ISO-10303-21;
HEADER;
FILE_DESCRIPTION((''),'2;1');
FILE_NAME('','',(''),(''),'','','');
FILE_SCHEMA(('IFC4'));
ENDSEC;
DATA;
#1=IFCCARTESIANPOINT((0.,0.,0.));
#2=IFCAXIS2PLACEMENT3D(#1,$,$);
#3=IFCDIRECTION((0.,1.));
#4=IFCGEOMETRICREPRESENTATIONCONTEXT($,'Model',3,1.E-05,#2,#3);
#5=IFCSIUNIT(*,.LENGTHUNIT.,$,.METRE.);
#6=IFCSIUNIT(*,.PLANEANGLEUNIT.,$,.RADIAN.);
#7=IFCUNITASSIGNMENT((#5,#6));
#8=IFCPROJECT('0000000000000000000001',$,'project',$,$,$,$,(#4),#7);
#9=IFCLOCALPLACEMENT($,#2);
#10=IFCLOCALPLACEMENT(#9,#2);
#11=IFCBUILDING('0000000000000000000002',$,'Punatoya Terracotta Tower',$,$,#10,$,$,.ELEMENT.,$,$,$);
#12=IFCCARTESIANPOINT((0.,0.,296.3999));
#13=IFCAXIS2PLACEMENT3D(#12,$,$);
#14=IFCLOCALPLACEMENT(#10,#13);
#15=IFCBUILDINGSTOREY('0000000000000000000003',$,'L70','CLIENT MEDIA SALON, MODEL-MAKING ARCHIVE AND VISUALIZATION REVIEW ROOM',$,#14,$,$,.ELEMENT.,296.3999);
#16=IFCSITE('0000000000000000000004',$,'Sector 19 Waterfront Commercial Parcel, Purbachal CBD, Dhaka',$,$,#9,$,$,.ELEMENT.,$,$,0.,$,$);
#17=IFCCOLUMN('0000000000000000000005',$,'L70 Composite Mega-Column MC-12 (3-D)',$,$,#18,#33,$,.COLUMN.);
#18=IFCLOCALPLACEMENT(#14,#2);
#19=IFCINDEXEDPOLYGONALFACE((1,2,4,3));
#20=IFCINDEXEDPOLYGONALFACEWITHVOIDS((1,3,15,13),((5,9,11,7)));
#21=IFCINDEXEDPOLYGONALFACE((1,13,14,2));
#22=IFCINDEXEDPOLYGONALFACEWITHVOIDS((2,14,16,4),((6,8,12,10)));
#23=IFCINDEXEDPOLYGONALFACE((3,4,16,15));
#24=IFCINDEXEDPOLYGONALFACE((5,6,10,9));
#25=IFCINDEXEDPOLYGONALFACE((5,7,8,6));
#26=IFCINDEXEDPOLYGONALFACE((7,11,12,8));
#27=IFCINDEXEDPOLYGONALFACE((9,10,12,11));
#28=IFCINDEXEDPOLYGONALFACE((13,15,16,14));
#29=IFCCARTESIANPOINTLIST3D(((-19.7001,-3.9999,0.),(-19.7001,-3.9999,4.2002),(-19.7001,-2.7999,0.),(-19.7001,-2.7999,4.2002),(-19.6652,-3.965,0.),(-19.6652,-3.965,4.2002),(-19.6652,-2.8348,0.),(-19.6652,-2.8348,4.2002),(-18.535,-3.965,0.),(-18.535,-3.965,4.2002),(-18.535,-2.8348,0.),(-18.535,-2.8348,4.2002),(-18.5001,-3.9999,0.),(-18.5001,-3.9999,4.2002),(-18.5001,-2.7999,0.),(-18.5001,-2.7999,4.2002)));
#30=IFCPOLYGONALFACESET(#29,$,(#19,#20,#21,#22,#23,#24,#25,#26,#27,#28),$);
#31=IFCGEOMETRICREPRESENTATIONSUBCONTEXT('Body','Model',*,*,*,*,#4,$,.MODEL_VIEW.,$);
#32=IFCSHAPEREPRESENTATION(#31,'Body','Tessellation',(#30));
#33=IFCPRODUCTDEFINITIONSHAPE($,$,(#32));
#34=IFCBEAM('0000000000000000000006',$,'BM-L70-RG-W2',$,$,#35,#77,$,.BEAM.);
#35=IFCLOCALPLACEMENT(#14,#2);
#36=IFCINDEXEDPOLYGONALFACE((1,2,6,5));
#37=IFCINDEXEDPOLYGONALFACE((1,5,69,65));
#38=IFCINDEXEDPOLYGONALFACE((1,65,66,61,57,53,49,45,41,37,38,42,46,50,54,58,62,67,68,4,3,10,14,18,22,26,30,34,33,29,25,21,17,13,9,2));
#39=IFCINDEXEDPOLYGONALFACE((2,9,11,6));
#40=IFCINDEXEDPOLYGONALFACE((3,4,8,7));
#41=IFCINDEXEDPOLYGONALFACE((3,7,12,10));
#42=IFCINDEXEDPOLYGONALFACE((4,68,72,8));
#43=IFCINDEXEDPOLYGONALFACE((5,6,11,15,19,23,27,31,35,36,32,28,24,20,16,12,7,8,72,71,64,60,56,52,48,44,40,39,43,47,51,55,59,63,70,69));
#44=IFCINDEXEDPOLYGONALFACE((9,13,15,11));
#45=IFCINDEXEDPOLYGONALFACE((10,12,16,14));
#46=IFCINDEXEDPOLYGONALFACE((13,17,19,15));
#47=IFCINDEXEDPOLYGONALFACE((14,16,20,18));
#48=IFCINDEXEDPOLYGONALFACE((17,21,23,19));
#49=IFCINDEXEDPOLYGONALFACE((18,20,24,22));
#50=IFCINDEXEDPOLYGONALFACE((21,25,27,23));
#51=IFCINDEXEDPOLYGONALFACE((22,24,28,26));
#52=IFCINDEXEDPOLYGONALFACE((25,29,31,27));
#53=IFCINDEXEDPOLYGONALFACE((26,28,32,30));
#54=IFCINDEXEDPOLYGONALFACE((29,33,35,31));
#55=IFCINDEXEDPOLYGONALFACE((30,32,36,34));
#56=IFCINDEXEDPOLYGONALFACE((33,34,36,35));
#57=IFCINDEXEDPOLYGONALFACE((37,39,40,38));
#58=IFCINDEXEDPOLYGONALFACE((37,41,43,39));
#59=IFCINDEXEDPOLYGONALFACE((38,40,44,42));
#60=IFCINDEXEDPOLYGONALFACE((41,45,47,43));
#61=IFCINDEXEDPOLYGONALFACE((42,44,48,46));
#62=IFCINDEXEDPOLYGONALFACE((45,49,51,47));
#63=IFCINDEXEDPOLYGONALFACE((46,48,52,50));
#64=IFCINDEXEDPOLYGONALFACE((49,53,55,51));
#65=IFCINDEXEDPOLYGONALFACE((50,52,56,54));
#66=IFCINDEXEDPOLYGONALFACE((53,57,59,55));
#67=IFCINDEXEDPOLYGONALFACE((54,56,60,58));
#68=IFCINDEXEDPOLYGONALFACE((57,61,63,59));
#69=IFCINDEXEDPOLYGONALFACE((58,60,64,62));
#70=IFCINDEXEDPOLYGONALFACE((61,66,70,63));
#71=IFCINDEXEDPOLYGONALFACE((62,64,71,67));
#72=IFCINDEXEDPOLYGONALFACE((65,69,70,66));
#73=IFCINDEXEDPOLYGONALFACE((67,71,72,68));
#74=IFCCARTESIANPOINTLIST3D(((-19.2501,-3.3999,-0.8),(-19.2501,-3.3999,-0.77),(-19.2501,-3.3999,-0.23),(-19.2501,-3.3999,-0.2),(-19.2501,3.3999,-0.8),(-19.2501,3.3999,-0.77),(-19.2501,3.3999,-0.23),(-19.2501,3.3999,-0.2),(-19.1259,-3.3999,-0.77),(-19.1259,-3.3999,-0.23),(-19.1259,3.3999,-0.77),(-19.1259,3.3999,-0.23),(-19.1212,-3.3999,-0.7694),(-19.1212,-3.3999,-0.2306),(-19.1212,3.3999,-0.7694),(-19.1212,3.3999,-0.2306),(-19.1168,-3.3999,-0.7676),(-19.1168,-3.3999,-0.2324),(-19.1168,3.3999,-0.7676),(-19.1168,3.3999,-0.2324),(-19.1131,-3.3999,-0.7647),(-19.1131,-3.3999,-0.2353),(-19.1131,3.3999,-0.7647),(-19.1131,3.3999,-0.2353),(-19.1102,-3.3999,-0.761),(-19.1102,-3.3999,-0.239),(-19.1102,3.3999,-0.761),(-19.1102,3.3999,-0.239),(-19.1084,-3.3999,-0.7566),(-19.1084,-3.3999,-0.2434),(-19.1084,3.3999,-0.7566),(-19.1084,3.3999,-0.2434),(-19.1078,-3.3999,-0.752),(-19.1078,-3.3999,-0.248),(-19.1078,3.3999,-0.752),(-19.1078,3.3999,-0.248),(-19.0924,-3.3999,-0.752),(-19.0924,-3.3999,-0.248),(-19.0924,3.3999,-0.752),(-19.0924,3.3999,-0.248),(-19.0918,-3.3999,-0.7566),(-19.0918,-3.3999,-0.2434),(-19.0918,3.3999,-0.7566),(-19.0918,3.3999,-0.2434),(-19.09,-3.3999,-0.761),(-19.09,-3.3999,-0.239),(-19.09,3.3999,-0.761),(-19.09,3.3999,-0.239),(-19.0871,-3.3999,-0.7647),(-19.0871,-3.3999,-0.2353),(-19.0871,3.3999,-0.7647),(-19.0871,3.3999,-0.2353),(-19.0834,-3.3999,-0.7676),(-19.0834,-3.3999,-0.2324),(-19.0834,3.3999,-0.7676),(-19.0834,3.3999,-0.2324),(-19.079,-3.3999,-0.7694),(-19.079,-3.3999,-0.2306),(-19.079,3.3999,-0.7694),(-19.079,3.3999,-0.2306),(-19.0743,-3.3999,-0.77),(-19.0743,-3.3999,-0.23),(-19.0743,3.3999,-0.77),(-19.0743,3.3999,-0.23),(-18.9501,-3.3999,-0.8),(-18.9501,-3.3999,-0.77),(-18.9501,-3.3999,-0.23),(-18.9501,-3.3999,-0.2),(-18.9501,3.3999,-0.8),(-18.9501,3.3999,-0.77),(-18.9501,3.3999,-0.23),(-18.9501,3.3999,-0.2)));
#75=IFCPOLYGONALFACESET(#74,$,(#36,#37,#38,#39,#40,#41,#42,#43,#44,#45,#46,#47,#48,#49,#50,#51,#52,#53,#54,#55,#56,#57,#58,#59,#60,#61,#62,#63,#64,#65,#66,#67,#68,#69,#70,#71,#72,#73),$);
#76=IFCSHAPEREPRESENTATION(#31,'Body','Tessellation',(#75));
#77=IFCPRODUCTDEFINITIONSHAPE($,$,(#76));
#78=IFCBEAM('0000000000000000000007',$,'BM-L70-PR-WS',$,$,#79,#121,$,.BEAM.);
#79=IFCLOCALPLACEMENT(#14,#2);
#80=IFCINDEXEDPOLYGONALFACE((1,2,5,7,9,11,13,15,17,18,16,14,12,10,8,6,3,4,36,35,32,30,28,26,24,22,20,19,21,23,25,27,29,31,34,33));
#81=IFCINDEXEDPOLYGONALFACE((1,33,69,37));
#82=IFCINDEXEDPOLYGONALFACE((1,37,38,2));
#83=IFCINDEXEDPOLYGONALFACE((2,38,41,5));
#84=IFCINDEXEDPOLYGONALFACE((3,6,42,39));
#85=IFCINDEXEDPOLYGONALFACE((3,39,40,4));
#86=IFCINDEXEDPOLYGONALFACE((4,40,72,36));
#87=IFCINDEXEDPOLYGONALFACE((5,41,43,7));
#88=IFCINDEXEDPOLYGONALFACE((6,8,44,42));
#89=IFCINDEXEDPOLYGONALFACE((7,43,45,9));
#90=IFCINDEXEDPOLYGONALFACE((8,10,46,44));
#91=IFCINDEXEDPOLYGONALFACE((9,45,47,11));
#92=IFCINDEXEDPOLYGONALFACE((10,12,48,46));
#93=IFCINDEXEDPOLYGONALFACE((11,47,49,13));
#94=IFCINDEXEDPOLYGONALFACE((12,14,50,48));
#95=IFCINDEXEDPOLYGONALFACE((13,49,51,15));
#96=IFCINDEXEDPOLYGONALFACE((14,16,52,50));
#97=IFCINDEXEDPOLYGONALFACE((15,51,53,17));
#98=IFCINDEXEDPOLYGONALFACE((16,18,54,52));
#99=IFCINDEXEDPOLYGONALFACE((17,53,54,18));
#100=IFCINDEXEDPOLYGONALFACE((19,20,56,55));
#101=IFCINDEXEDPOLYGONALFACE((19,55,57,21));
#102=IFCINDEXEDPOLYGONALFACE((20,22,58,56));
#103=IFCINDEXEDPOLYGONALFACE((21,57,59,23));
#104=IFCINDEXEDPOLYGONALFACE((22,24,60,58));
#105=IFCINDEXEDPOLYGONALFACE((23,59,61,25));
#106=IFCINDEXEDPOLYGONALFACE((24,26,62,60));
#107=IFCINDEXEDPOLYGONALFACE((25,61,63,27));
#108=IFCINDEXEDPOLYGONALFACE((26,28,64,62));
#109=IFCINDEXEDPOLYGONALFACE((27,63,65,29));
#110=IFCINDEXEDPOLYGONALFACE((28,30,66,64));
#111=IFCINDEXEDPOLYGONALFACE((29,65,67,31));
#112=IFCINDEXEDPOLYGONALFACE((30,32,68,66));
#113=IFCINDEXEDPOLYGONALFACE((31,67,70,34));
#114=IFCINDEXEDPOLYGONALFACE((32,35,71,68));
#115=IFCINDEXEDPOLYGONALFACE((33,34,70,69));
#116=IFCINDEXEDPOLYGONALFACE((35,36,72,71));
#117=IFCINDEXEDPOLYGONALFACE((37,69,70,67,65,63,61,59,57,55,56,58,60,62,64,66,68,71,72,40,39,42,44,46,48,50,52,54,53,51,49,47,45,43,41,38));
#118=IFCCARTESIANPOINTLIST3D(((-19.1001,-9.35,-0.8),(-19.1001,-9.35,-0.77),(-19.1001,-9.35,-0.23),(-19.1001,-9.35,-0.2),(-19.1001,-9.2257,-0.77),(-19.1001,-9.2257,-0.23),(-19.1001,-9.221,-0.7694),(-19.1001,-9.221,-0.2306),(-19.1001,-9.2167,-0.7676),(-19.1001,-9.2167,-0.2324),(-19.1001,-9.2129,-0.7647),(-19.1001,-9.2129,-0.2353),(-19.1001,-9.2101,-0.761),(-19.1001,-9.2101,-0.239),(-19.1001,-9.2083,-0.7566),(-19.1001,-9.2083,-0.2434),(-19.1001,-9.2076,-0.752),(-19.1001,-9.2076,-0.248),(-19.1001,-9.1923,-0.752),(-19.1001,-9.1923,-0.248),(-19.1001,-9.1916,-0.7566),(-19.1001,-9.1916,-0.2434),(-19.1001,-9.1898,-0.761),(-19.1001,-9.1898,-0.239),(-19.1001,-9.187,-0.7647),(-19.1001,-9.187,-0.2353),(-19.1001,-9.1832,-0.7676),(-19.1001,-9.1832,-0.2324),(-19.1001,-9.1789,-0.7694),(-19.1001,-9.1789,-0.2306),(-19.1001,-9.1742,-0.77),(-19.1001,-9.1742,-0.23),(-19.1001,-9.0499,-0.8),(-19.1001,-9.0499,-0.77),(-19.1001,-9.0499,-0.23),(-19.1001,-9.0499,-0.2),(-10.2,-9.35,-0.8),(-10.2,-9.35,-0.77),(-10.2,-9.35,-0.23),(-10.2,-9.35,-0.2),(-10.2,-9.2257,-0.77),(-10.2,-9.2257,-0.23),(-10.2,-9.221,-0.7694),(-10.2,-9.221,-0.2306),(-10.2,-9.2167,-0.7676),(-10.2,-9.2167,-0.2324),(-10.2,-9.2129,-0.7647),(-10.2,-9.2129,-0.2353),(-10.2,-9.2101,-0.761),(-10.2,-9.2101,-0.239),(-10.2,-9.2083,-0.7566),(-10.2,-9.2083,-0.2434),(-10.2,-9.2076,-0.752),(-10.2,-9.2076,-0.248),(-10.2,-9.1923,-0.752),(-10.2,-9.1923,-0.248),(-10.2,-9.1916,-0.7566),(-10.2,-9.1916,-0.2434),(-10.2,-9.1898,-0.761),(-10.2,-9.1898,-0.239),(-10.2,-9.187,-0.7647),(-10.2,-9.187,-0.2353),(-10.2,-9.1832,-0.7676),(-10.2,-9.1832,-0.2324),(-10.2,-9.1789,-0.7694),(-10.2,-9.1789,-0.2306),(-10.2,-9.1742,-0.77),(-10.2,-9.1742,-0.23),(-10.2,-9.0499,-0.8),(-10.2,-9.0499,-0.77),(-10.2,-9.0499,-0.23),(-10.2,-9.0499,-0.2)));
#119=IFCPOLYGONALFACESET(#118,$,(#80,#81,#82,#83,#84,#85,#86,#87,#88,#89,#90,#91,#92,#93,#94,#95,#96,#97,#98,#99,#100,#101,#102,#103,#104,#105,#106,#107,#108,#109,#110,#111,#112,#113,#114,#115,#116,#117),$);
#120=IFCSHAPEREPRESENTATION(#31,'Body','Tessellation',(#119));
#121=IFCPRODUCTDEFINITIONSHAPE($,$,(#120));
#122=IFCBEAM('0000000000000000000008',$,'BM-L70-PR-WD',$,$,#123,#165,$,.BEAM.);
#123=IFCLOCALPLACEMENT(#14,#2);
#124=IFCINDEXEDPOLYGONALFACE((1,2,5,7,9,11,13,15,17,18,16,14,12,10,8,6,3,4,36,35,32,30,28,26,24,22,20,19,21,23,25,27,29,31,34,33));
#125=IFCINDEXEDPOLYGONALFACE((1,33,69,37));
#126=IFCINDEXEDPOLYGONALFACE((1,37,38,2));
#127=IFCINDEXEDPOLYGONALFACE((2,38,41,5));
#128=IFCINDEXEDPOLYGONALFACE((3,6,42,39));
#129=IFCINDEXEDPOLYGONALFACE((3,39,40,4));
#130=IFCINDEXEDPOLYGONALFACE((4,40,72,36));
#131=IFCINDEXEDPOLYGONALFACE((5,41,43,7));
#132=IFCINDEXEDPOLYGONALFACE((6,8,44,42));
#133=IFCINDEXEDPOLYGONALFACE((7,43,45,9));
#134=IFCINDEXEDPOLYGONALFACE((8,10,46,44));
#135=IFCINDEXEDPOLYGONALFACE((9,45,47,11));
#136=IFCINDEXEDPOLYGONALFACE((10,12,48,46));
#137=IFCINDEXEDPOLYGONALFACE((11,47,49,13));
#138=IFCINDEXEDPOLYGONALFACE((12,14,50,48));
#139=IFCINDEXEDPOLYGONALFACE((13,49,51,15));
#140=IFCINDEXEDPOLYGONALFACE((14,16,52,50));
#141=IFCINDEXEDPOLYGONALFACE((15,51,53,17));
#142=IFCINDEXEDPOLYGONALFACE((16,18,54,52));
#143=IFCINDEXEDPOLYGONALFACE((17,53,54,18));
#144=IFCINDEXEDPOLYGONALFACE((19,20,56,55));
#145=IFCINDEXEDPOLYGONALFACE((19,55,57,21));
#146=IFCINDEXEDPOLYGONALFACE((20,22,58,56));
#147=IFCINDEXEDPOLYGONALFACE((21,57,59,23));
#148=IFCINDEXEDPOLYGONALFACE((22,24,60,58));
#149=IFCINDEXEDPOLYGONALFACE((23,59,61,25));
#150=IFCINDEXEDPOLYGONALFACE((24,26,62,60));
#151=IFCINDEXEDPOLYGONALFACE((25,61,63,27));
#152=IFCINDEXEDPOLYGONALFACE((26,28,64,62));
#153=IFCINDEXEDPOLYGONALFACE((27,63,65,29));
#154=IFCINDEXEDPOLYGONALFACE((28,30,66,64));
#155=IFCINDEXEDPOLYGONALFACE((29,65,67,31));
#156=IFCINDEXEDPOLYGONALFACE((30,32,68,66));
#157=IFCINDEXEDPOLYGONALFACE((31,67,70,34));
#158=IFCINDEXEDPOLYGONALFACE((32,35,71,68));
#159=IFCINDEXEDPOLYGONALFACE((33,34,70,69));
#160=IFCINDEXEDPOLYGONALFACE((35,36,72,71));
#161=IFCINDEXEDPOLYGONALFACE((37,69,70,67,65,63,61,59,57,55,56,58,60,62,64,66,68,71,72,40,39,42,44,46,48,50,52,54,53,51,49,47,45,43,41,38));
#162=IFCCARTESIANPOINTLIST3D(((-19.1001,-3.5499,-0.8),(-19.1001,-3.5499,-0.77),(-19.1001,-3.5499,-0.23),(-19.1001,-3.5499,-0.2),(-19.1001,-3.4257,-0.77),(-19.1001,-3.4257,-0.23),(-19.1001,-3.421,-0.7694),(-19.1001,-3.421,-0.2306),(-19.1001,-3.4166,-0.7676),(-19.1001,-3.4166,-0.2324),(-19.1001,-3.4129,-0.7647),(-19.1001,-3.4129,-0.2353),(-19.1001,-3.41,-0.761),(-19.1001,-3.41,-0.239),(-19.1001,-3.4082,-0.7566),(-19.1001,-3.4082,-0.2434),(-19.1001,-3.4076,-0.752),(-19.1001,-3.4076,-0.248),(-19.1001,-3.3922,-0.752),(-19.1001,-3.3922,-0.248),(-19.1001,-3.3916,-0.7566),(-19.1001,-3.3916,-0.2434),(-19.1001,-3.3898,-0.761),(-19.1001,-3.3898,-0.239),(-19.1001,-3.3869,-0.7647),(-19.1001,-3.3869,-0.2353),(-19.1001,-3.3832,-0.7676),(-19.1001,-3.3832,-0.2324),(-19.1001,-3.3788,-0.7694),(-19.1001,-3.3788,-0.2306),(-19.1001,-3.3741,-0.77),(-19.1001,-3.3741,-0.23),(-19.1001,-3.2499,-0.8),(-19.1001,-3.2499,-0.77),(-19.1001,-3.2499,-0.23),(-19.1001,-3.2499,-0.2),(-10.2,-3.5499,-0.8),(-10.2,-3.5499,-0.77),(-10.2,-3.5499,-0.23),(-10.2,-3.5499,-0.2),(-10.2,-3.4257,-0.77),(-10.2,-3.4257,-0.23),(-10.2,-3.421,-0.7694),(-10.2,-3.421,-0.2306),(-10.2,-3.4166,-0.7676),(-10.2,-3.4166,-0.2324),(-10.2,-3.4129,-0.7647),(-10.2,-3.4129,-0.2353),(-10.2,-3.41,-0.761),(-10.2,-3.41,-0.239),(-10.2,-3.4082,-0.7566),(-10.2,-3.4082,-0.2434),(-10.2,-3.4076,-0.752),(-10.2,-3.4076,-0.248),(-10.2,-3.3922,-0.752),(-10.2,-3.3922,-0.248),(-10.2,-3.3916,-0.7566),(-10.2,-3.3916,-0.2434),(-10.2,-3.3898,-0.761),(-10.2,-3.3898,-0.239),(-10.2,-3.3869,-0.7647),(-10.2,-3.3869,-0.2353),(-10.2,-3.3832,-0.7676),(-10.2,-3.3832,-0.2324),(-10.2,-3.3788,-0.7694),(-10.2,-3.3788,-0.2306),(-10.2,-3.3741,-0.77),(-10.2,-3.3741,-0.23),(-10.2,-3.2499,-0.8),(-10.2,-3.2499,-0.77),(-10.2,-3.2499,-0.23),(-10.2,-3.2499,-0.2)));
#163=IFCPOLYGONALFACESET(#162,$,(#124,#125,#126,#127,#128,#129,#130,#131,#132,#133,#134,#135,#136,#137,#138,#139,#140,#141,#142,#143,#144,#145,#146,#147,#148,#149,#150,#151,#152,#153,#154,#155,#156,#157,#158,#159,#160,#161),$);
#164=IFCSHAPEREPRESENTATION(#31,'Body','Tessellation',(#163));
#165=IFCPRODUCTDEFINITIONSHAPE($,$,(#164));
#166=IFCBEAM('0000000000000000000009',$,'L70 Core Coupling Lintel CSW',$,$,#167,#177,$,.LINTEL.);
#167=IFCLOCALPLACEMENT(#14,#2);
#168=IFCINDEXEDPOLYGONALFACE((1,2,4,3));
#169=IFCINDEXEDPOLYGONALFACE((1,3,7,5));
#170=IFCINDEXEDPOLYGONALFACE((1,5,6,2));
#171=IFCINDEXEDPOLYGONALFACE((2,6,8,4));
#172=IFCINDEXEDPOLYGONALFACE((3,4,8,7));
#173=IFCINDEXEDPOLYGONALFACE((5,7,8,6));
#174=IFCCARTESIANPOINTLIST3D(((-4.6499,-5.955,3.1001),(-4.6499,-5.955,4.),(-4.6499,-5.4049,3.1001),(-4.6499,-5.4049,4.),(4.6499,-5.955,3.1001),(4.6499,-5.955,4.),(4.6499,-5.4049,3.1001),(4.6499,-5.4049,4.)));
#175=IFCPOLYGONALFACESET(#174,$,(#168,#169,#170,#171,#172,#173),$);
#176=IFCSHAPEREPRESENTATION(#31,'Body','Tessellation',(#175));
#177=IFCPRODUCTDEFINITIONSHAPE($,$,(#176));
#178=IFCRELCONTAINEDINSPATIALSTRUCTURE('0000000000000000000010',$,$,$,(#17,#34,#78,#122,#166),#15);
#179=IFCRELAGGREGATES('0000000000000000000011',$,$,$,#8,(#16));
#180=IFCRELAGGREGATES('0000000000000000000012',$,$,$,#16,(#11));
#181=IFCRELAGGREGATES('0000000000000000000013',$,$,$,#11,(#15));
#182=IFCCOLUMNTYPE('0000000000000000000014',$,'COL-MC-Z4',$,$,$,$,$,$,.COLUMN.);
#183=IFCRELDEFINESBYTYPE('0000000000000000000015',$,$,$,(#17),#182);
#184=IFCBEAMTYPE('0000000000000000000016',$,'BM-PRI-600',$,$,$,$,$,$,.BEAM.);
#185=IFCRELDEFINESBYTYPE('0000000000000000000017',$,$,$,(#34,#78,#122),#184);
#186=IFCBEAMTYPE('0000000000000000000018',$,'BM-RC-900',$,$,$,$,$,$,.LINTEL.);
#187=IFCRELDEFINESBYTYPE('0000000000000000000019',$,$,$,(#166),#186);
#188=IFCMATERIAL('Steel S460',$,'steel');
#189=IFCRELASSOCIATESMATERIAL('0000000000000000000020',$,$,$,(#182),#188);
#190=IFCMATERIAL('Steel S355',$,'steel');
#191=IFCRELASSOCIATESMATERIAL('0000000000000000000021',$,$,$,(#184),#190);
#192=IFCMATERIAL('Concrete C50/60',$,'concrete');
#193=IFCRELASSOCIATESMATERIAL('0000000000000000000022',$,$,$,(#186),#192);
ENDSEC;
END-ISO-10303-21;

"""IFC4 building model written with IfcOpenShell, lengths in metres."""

from ifc_helpers import new_model, si_unit, direction, frame, origin, origin_2d, place, context, subcontext, project, spatial, rectangle, hollow_rectangle, i_section, extrude, material, material_profile, profile_set, type_object, element, save


model = new_model("IFC4")

# Units and contexts
model_context = context("Model", 3, precision=1e-05, world=origin(), true_north=direction((0.0, 1.0)))
body_context = subcontext(model_context, "Body", "Model", "MODEL_VIEW")
ifc_project = project(units=[si_unit("LENGTHUNIT", "METRE"), si_unit("PLANEANGLEUNIT", "RADIAN")], contexts=[model_context])

# Site, building, storey
site_placement = place(None, origin())
site = spatial("IfcSite", under=ifc_project, at=site_placement, Name="Sector 19 Waterfront Commercial Parcel, Purbachal CBD, Dhaka", CompositionType="ELEMENT", RefElevation=0.0)
building_placement = place(site_placement, origin())
building = spatial("IfcBuilding", under=site, at=building_placement, Name="Punatoya Terracotta Tower", CompositionType="ELEMENT")
storey_placement = place(building_placement, frame((0.0, 0.0, 296.3999)))
storey = spatial("IfcBuildingStorey", under=building, at=storey_placement, Name="L70", Description="CLIENT MEDIA SALON, MODEL-MAKING ARCHIVE AND VISUALIZATION REVIEW ROOM", CompositionType="ELEMENT", Elevation=296.3999)

# Column
ifc_material_1 = material(Name="Steel S460", Category="steel")
ifc_material_profile_1 = material_profile(ifc_material_1, hollow_rectangle(XDim=1.2, YDim=1.2, WallThickness=0.0349, at=origin_2d()))
ifc_profile_set_1 = profile_set([ifc_material_profile_1], Name="Steel S460")
column_type = type_object("IfcColumnType", Name="COL-MC-Z4", PredefinedType="COLUMN", material=ifc_profile_set_1)
column_placement = place(storey_placement, frame((-19.1001, -3.3999, 0.0), z_axis=(0.0, 0.0, 1.0), x_axis=(1.0, 0.0, 0.0)))
element("IfcColumn", 1, at=column_placement, inside=storey, type_object=column_type, Name="L70 Composite Mega-Column MC-12 (3-D)", PredefinedType="COLUMN", context=body_context, shape_type="SweptSolid", body=[
    extrude(hollow_rectangle(XDim=1.2, YDim=1.2, WallThickness=0.0349, at=origin_2d()), origin(), (0.0, 0.0, 1.0), 4.2002),
])

# Beams
ifc_material_2 = material(Name="Steel S355", Category="steel")
ifc_material_profile_2 = material_profile(ifc_material_2, i_section(OverallWidth=0.3, OverallDepth=0.6001, WebThickness=0.0154, FlangeThickness=0.03, FilletRadius=0.0181, at=origin_2d()))
ifc_profile_set_2 = profile_set([ifc_material_profile_2], Name="Steel S355")
beam_type_1 = type_object("IfcBeamType", Name="BM-PRI-600", PredefinedType="BEAM", material=ifc_profile_set_2)
beam_1_placement = place(storey_placement, frame((-19.1001, -3.3999, -0.5), z_axis=(0.0, 1.0, 0.0), x_axis=(-1.0, 0.0, 0.0)))
element("IfcBeam", 2, at=beam_1_placement, inside=storey, type_object=beam_type_1, Name="BM-L70-RG-W2", PredefinedType="BEAM", context=body_context, shape_type="SweptSolid", body=[
    extrude(i_section(OverallWidth=0.3, OverallDepth=0.6001, WebThickness=0.0154, FlangeThickness=0.03, FilletRadius=0.0181, at=origin_2d()), origin(), (0.0, 0.0, 1.0), 6.7998),
])
for number, where, z_axis, x_axis, name in (
    (3, (-19.1001, -9.2, -0.5), (1.0, 0.0, 0.0), (0.0, 1.0, 0.0), "BM-L70-PR-WS"),
    (4, (-19.1001, -3.3999, -0.5), (1.0, 0.0, 0.0), (0.0, 1.0, 0.0), "BM-L70-PR-WD"),
):
    element("IfcBeam", number, at=place(storey_placement, frame(where, z_axis=z_axis, x_axis=x_axis)), inside=storey, type_object=beam_type_1, Name=name, PredefinedType="BEAM", context=body_context, shape_type="SweptSolid", body=[
        extrude(i_section(OverallWidth=0.3, OverallDepth=0.6001, WebThickness=0.0154, FlangeThickness=0.03, FilletRadius=0.0181, at=origin_2d()), origin(), (0.0, 0.0, 1.0), 8.9001),
    ])
ifc_material_3 = material(Name="Concrete C50/60", Category="concrete")
ifc_material_profile_3 = material_profile(ifc_material_3, rectangle(XDim=0.55, YDim=0.8999, at=origin_2d()))
ifc_profile_set_3 = profile_set([ifc_material_profile_3], Name="Concrete C50/60")
beam_type_2 = type_object("IfcBeamType", Name="BM-RC-900", PredefinedType="LINTEL", material=ifc_profile_set_3)
beam_2_placement = place(storey_placement, frame((-4.6499, -5.6799, 3.55), z_axis=(1.0, 0.0, 0.0), x_axis=(0.0, 1.0, 0.0)))
element("IfcBeam", 5, at=beam_2_placement, inside=storey, type_object=beam_type_2, Name="L70 Core Coupling Lintel CSW", PredefinedType="LINTEL", context=body_context, shape_type="SweptSolid", body=[
    extrude(rectangle(XDim=0.55, YDim=0.8999, at=origin_2d()), origin(), (0.0, 0.0, 1.0), 9.2998),
])

save(model, "model.ifc")
